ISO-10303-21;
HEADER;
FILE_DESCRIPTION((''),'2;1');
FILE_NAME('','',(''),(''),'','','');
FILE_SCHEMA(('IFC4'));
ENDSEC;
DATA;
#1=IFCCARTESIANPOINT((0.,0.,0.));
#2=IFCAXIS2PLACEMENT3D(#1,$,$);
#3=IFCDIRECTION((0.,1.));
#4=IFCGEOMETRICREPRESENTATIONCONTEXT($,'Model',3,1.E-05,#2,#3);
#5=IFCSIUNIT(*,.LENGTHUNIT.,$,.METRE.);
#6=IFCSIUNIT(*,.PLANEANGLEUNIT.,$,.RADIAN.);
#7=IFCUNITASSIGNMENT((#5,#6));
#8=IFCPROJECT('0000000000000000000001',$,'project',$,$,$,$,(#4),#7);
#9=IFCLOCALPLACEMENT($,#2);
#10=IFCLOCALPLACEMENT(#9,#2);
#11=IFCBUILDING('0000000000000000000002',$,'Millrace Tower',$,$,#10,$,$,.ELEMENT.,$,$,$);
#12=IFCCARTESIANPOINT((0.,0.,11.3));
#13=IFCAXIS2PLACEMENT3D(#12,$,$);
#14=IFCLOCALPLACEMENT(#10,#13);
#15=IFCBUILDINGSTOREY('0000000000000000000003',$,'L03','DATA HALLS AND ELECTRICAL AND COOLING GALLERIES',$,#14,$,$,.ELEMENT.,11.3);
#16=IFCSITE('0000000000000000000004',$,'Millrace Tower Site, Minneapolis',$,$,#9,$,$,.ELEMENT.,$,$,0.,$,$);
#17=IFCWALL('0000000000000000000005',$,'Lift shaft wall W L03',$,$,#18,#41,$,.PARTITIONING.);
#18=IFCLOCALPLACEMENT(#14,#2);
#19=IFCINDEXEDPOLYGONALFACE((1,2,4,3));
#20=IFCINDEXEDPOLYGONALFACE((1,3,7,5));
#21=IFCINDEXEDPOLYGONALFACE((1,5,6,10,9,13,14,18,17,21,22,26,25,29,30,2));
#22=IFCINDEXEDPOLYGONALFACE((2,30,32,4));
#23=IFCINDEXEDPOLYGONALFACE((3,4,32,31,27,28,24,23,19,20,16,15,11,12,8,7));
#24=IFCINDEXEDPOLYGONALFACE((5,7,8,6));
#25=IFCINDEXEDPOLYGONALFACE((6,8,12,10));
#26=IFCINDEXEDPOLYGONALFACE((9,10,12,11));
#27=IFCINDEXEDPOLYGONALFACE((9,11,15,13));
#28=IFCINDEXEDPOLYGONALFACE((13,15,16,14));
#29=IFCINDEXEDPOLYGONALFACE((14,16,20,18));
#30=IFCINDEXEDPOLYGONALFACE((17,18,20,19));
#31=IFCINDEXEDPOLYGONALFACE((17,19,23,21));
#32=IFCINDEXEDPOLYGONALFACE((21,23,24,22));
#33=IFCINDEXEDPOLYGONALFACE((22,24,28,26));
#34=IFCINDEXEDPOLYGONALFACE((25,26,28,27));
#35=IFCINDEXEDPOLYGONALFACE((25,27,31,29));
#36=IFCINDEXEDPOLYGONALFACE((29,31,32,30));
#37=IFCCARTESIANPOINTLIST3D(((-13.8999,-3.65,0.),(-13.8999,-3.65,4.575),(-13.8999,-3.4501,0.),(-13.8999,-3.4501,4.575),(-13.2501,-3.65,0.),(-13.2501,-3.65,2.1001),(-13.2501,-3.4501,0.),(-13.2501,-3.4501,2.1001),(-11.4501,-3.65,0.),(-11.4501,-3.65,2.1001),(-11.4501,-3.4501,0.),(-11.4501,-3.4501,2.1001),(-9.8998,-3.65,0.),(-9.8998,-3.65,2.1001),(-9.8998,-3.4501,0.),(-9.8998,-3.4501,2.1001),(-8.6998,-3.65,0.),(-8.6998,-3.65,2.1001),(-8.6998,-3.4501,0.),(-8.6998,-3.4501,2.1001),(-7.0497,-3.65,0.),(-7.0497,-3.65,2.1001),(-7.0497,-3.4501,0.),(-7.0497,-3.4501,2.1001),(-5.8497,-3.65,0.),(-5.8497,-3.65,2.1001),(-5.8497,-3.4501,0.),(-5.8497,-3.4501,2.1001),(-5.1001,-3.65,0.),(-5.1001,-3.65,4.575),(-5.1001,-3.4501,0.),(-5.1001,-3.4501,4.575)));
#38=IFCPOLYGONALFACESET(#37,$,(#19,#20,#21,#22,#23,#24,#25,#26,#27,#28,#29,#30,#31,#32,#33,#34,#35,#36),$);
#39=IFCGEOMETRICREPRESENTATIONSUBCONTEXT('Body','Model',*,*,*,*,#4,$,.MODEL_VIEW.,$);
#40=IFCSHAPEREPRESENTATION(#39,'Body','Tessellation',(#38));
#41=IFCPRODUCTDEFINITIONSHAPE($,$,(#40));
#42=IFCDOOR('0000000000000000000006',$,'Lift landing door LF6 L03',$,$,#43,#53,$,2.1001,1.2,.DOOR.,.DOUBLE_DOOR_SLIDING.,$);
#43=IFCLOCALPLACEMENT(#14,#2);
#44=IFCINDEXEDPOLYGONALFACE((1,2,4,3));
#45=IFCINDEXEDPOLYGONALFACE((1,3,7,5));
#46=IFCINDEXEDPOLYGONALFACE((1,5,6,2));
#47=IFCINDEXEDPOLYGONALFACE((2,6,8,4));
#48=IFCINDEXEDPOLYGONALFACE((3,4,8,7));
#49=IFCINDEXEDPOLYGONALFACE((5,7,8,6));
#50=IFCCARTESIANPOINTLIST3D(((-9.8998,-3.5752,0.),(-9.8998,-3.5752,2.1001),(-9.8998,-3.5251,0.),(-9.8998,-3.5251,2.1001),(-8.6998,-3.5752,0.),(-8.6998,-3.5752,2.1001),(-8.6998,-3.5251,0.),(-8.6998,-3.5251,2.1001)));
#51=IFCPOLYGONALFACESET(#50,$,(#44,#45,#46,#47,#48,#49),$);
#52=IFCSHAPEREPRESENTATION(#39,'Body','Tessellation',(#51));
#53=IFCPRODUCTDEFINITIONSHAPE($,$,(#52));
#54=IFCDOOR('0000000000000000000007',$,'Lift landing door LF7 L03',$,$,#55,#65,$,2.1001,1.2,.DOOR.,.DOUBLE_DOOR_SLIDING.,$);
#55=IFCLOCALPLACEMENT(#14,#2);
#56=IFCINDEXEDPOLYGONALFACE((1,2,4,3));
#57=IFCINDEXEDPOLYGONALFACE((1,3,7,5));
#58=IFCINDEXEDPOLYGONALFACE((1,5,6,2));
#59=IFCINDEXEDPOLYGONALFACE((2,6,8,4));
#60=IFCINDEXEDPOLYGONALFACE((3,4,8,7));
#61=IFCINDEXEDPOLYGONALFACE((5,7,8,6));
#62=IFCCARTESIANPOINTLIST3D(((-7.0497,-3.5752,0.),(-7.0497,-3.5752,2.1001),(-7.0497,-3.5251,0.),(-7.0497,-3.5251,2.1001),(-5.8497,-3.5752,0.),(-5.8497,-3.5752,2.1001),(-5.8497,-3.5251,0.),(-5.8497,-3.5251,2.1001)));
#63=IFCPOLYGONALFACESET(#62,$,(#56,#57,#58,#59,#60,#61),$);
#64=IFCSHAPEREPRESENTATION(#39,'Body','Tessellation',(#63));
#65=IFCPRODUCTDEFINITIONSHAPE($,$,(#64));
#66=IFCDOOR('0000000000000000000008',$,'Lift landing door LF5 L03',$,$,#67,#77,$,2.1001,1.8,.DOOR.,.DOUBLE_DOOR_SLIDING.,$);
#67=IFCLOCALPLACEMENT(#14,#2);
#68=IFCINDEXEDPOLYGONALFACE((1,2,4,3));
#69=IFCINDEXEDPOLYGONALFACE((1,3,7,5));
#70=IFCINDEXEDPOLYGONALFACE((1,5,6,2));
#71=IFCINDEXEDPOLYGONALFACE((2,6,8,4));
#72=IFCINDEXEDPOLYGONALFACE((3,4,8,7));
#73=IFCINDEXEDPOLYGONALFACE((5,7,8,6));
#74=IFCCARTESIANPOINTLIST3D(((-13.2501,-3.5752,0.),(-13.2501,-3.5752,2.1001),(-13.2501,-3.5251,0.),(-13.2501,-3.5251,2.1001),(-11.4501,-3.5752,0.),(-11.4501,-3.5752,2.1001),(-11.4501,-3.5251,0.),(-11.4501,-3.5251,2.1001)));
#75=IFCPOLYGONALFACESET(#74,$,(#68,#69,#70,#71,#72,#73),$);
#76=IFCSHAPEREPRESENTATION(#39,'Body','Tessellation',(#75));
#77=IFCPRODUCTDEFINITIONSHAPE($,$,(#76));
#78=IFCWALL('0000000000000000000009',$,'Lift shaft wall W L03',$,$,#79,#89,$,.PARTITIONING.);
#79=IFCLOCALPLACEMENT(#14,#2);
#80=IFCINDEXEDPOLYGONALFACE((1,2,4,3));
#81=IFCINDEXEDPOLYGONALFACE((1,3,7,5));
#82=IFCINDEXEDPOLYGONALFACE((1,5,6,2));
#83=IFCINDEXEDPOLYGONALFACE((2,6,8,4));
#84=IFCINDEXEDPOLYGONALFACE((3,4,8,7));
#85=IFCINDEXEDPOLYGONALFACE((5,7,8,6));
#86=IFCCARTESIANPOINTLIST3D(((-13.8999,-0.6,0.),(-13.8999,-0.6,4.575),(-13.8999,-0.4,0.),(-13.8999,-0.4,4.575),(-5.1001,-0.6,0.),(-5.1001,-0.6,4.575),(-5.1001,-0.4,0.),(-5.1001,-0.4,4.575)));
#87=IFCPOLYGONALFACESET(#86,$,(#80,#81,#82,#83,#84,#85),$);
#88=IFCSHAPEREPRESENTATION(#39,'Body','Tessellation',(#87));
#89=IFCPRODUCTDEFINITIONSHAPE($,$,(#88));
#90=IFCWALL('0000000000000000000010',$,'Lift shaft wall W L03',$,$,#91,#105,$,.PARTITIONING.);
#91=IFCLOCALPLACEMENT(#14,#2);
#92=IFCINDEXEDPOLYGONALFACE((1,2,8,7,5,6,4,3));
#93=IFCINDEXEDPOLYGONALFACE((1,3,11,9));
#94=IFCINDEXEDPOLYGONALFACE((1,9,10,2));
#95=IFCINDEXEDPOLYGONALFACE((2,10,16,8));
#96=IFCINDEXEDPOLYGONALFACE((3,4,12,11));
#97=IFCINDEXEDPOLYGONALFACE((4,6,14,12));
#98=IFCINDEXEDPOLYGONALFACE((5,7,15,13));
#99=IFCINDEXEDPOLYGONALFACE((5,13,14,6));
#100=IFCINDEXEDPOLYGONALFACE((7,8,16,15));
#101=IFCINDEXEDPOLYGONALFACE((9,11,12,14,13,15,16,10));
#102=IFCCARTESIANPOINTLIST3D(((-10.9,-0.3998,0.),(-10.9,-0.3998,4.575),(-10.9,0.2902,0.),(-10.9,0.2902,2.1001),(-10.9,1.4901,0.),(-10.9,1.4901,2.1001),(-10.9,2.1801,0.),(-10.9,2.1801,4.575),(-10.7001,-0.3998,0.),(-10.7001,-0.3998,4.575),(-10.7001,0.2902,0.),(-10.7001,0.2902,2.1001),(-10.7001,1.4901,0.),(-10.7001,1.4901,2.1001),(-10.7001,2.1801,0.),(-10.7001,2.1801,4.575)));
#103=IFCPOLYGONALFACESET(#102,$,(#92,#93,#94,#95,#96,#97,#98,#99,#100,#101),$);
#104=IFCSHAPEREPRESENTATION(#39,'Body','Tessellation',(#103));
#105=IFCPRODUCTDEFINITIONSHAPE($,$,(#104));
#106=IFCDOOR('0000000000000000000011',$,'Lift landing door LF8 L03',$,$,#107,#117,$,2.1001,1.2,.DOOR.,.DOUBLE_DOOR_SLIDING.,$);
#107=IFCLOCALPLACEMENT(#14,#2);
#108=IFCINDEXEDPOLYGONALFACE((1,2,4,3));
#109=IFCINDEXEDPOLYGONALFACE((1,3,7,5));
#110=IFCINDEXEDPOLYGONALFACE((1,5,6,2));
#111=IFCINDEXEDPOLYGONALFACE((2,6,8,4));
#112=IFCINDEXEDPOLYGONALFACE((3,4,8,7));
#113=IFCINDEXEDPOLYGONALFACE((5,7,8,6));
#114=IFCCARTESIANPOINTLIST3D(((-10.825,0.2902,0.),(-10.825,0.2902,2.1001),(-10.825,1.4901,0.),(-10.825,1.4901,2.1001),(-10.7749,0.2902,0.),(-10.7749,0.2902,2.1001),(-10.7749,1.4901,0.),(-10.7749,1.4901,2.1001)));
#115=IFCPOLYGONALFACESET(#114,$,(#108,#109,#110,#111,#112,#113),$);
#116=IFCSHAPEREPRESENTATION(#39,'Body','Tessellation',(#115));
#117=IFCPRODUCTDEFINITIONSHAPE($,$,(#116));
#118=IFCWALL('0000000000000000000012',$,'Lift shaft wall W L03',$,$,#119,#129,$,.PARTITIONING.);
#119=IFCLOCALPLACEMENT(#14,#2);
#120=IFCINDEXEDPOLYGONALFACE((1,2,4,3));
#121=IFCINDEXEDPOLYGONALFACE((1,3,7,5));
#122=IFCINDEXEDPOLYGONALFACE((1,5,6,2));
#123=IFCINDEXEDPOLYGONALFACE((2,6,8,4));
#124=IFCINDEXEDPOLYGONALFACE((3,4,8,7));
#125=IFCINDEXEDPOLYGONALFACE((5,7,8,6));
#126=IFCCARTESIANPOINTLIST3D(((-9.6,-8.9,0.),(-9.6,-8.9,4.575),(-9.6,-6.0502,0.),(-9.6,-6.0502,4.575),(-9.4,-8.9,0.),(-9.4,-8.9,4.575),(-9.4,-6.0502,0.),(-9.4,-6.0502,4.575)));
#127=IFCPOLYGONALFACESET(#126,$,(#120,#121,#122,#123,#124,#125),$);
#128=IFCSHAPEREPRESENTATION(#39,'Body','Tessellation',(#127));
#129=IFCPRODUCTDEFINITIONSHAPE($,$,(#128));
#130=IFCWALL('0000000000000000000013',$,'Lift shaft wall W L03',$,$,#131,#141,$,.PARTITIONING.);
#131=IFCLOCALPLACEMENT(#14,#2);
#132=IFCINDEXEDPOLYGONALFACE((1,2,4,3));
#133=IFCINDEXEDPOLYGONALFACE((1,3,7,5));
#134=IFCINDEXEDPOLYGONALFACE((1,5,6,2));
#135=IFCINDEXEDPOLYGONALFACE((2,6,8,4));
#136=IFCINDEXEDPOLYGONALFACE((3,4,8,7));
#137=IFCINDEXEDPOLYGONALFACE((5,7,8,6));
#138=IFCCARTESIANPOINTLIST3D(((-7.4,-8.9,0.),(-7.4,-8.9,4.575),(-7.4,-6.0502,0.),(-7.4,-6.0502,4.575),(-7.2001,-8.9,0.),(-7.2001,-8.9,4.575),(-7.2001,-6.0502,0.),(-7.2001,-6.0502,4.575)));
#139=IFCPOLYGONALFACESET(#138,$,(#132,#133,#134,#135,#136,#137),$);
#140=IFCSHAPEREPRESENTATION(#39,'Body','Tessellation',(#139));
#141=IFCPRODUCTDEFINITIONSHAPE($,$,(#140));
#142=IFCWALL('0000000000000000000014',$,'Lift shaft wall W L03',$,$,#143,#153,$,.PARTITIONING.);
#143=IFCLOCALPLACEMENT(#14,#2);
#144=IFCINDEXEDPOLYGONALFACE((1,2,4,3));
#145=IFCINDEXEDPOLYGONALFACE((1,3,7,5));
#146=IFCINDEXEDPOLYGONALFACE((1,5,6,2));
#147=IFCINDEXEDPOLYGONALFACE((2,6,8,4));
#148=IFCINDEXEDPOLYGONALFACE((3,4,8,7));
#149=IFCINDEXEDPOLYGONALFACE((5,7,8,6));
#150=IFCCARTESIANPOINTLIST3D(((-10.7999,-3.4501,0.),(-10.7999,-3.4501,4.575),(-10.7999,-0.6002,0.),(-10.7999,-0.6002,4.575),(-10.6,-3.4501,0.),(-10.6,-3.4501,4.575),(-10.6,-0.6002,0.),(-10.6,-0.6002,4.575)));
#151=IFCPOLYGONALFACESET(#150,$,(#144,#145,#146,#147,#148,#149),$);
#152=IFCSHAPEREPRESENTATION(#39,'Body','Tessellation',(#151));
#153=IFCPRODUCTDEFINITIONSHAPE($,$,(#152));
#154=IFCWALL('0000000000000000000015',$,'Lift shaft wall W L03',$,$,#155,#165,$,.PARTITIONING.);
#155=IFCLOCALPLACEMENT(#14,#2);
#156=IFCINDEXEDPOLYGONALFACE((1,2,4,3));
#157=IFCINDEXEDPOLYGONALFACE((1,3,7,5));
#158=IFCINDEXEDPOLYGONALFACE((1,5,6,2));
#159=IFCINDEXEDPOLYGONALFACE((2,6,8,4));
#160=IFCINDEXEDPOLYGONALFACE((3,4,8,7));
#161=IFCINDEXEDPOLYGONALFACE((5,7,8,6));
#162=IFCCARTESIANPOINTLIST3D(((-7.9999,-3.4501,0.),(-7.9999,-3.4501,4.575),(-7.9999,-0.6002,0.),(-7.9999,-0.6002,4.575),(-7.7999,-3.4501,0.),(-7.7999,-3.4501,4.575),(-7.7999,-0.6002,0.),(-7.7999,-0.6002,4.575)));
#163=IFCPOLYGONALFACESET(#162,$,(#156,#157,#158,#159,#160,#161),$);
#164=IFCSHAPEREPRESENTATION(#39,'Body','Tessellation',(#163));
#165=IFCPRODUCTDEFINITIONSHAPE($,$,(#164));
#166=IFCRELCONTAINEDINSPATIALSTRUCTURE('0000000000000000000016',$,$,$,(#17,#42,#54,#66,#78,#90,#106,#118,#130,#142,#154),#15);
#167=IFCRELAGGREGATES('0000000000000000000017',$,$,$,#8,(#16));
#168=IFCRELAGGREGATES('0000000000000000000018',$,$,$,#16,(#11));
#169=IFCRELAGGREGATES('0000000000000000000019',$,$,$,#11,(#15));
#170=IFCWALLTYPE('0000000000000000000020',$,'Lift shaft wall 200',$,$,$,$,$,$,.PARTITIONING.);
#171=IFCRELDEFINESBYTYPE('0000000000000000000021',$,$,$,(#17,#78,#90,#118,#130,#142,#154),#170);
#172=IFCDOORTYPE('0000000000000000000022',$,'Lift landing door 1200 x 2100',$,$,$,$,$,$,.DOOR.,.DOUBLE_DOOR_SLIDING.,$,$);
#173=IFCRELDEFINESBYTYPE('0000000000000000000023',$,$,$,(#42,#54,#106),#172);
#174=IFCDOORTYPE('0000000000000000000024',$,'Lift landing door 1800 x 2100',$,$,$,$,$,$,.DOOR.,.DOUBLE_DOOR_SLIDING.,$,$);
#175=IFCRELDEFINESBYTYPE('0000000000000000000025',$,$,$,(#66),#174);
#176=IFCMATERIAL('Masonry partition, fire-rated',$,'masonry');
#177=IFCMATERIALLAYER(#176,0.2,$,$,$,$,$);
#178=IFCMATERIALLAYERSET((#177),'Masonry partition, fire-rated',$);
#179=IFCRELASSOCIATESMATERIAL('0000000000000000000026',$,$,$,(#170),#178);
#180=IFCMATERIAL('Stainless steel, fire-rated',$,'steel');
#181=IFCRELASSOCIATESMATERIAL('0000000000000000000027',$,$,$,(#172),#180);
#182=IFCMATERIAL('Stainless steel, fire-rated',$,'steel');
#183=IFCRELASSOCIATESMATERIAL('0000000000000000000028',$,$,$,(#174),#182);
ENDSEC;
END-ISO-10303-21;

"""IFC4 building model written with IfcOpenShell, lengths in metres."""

from ifc_helpers import new_model, si_unit, direction, frame, frame_2d, origin, place, context, subcontext, project, spatial, rectangle, extrude, material, layer, layer_set, type_object, element, fill, save


model = new_model("IFC4")

# Units and contexts
model_context = context("Model", 3, precision=1e-05, world=origin(), true_north=direction((0.0, 1.0)))
body_context = subcontext(model_context, "Body", "Model", "MODEL_VIEW")
ifc_project = project(units=[si_unit("LENGTHUNIT", "METRE"), si_unit("PLANEANGLEUNIT", "RADIAN")], contexts=[model_context])

# Site, building, storey
site_placement = place(None, origin())
site = spatial("IfcSite", under=ifc_project, at=site_placement, Name="Millrace Tower Site, Minneapolis", CompositionType="ELEMENT", RefElevation=0.0)
building_placement = place(site_placement, origin())
building = spatial("IfcBuilding", under=site, at=building_placement, Name="Millrace Tower", CompositionType="ELEMENT")
storey_placement = place(building_placement, frame((0.0, 0.0, 11.3)))
storey = spatial("IfcBuildingStorey", under=building, at=storey_placement, Name="L03", Description="DATA HALLS AND ELECTRICAL AND COOLING GALLERIES", CompositionType="ELEMENT", Elevation=11.3)

# Wall, openings, doors
ifc_material_1 = material(Name="Masonry partition, fire-rated", Category="masonry")
ifc_layer_1 = layer(ifc_material_1, 0.2)
ifc_layer_set_1 = layer_set([ifc_layer_1], Name="Masonry partition, fire-rated")
wall_type_1 = type_object("IfcWallType", Name="Lift shaft wall 200", PredefinedType="PARTITIONING", material=ifc_layer_set_1)
wall_1_placement = place(storey_placement, frame((-13.8999, -3.55, 0.0), z_axis=(0.0, 0.0, 1.0), x_axis=(1.0, 0.0, 0.0)))
wall_1 = element("IfcWall", 1, at=wall_1_placement, inside=storey, type_object=wall_type_1, Name="Lift shaft wall W L03", PredefinedType="PARTITIONING", context=body_context, shape_type="SweptSolid", body=[
    extrude(rectangle(XDim=8.7998, YDim=0.2, at=frame_2d((4.3999, 0.0))), origin(), (0.0, 0.0, 1.0), 4.575),
])
opening_1_placement = place(wall_1_placement, frame((0.6499, 0.0, 0.0)))
opening_1 = element("IfcOpeningElement", 2, at=opening_1_placement, cuts=wall_1, PredefinedType="OPENING", context=body_context, shape_type="SweptSolid", body=[
    extrude(rectangle(XDim=1.8, YDim=2.1001, at=frame_2d((0.8999, 1.05))), frame((0.0, 0.1099, 0.0), z_axis=(0.0, -1.0, 0.0), x_axis=(1.0, 0.0, 0.0)), (0.0, 0.0, 1.0), 0.22),
])
opening_2_placement = place(wall_1_placement, frame((4.0, 0.0, 0.0)))
opening_2 = element("IfcOpeningElement", 3, at=opening_2_placement, cuts=wall_1, PredefinedType="OPENING", context=body_context, shape_type="SweptSolid", body=[
    extrude(rectangle(XDim=1.2, YDim=2.1001, at=frame_2d((0.6001, 1.05))), frame((0.0, 0.1099, 0.0), z_axis=(0.0, -1.0, 0.0), x_axis=(1.0, 0.0, 0.0)), (0.0, 0.0, 1.0), 0.22),
])
opening_3_placement = place(wall_1_placement, frame((6.8501, 0.0, 0.0)))
opening_3 = element("IfcOpeningElement", 4, at=opening_3_placement, cuts=wall_1, PredefinedType="OPENING", context=body_context, shape_type="SweptSolid", body=[
    extrude(rectangle(XDim=1.2, YDim=2.1001, at=frame_2d((0.6001, 1.05))), frame((0.0, 0.1099, 0.0), z_axis=(0.0, -1.0, 0.0), x_axis=(1.0, 0.0, 0.0)), (0.0, 0.0, 1.0), 0.22),
])
ifc_material_2 = material(Name="Stainless steel, fire-rated", Category="steel")
door_type_1 = type_object("IfcDoorType", Name="Lift landing door 1200 x 2100", OperationType="DOUBLE_DOOR_SLIDING", PredefinedType="DOOR", material=ifc_material_2)
door_1_placement = place(opening_2_placement, origin())
door_1 = element("IfcDoor", 5, at=door_1_placement, inside=storey, type_object=door_type_1, Name="Lift landing door LF6 L03", OperationType="DOUBLE_DOOR_SLIDING", OverallHeight=2.1001, OverallWidth=1.2, PredefinedType="DOOR", context=body_context, shape_type="SweptSolid", body=[
    extrude(rectangle(XDim=1.2, YDim=2.1001, at=frame_2d((0.6001, 1.05))), frame((0.0, 0.0249, 0.0), z_axis=(0.0, -1.0, 0.0), x_axis=(1.0, 0.0, 0.0)), (0.0, 0.0, 1.0), 0.05),
])
fill(opening_2, door_1)
door_2_placement = place(opening_3_placement, origin())
door_2 = element("IfcDoor", 6, at=door_2_placement, inside=storey, type_object=door_type_1, Name="Lift landing door LF7 L03", OperationType="DOUBLE_DOOR_SLIDING", OverallHeight=2.1001, OverallWidth=1.2, PredefinedType="DOOR", context=body_context, shape_type="SweptSolid", body=[
    extrude(rectangle(XDim=1.2, YDim=2.1001, at=frame_2d((0.6001, 1.05))), frame((0.0, 0.0249, 0.0), z_axis=(0.0, -1.0, 0.0), x_axis=(1.0, 0.0, 0.0)), (0.0, 0.0, 1.0), 0.05),
])
fill(opening_3, door_2)
ifc_material_3 = material(Name="Stainless steel, fire-rated", Category="steel")
door_type_2 = type_object("IfcDoorType", Name="Lift landing door 1800 x 2100", OperationType="DOUBLE_DOOR_SLIDING", PredefinedType="DOOR", material=ifc_material_3)
door_3_placement = place(opening_1_placement, origin())
door_3 = element("IfcDoor", 7, at=door_3_placement, inside=storey, type_object=door_type_2, Name="Lift landing door LF5 L03", OperationType="DOUBLE_DOOR_SLIDING", OverallHeight=2.1001, OverallWidth=1.8, PredefinedType="DOOR", context=body_context, shape_type="SweptSolid", body=[
    extrude(rectangle(XDim=1.8, YDim=2.1001, at=frame_2d((0.8999, 1.05))), frame((0.0, 0.0249, 0.0), z_axis=(0.0, -1.0, 0.0), x_axis=(1.0, 0.0, 0.0)), (0.0, 0.0, 1.0), 0.05),
])
fill(opening_1, door_3)

# Wall
wall_2_placement = place(storey_placement, frame((-13.8999, -0.5, 0.0), z_axis=(0.0, 0.0, 1.0), x_axis=(1.0, 0.0, 0.0)))
element("IfcWall", 8, at=wall_2_placement, inside=storey, type_object=wall_type_1, Name="Lift shaft wall W L03", PredefinedType="PARTITIONING", context=body_context, shape_type="SweptSolid", body=[
    extrude(rectangle(XDim=8.7998, YDim=0.2, at=frame_2d((4.3999, 0.0))), origin(), (0.0, 0.0, 1.0), 4.575),
])

# Wall, opening, door
wall_3_placement = place(storey_placement, frame((-10.8, -0.3999, 0.0), z_axis=(0.0, 0.0, 1.0), x_axis=(0.0, 1.0, 0.0)))
wall_3 = element("IfcWall", 9, at=wall_3_placement, inside=storey, type_object=wall_type_1, Name="Lift shaft wall W L03", PredefinedType="PARTITIONING", context=body_context, shape_type="SweptSolid", body=[
    extrude(rectangle(XDim=2.5798, YDim=0.2, at=frame_2d((1.29, 0.0))), origin(), (0.0, 0.0, 1.0), 4.575),
])
opening_4_placement = place(wall_3_placement, frame((0.6899, 0.0, 0.0)))
opening_4 = element("IfcOpeningElement", 10, at=opening_4_placement, cuts=wall_3, PredefinedType="OPENING", context=body_context, shape_type="SweptSolid", body=[
    extrude(rectangle(XDim=1.2, YDim=2.1001, at=frame_2d((0.6001, 1.05))), frame((0.0, 0.1099, 0.0), z_axis=(0.0, -1.0, 0.0), x_axis=(1.0, 0.0, 0.0)), (0.0, 0.0, 1.0), 0.22),
])
door_4_placement = place(opening_4_placement, origin())
door_4 = element("IfcDoor", 11, at=door_4_placement, inside=storey, type_object=door_type_1, Name="Lift landing door LF8 L03", OperationType="DOUBLE_DOOR_SLIDING", OverallHeight=2.1001, OverallWidth=1.2, PredefinedType="DOOR", context=body_context, shape_type="SweptSolid", body=[
    extrude(rectangle(XDim=1.2, YDim=2.1001, at=frame_2d((0.6001, 1.05))), frame((0.0, 0.0249, 0.0), z_axis=(0.0, -1.0, 0.0), x_axis=(1.0, 0.0, 0.0)), (0.0, 0.0, 1.0), 0.05),
])
fill(opening_4, door_4)

# Walls
for number, where, z_axis, x_axis, name in (
    (12, (-9.5, -8.8999, 0.0), (0.0, 0.0, 1.0), (0.0, 1.0, 0.0), "Lift shaft wall W L03"),
    (13, (-7.3, -8.8999, 0.0), (0.0, 0.0, 1.0), (0.0, 1.0, 0.0), "Lift shaft wall W L03"),
    (14, (-10.7, -3.45, 0.0), (0.0, 0.0, 1.0), (0.0, 1.0, 0.0), "Lift shaft wall W L03"),
    (15, (-7.8999, -3.45, 0.0), (0.0, 0.0, 1.0), (0.0, 1.0, 0.0), "Lift shaft wall W L03"),
):
    element("IfcWall", number, at=place(storey_placement, frame(where, z_axis=z_axis, x_axis=x_axis)), inside=storey, type_object=wall_type_1, Name=name, PredefinedType="PARTITIONING", context=body_context, shape_type="SweptSolid", body=[
        extrude(rectangle(XDim=2.8499, YDim=0.2, at=frame_2d((1.4248, 0.0))), origin(), (0.0, 0.0, 1.0), 4.575),
    ])

save(model, "model.ifc")
